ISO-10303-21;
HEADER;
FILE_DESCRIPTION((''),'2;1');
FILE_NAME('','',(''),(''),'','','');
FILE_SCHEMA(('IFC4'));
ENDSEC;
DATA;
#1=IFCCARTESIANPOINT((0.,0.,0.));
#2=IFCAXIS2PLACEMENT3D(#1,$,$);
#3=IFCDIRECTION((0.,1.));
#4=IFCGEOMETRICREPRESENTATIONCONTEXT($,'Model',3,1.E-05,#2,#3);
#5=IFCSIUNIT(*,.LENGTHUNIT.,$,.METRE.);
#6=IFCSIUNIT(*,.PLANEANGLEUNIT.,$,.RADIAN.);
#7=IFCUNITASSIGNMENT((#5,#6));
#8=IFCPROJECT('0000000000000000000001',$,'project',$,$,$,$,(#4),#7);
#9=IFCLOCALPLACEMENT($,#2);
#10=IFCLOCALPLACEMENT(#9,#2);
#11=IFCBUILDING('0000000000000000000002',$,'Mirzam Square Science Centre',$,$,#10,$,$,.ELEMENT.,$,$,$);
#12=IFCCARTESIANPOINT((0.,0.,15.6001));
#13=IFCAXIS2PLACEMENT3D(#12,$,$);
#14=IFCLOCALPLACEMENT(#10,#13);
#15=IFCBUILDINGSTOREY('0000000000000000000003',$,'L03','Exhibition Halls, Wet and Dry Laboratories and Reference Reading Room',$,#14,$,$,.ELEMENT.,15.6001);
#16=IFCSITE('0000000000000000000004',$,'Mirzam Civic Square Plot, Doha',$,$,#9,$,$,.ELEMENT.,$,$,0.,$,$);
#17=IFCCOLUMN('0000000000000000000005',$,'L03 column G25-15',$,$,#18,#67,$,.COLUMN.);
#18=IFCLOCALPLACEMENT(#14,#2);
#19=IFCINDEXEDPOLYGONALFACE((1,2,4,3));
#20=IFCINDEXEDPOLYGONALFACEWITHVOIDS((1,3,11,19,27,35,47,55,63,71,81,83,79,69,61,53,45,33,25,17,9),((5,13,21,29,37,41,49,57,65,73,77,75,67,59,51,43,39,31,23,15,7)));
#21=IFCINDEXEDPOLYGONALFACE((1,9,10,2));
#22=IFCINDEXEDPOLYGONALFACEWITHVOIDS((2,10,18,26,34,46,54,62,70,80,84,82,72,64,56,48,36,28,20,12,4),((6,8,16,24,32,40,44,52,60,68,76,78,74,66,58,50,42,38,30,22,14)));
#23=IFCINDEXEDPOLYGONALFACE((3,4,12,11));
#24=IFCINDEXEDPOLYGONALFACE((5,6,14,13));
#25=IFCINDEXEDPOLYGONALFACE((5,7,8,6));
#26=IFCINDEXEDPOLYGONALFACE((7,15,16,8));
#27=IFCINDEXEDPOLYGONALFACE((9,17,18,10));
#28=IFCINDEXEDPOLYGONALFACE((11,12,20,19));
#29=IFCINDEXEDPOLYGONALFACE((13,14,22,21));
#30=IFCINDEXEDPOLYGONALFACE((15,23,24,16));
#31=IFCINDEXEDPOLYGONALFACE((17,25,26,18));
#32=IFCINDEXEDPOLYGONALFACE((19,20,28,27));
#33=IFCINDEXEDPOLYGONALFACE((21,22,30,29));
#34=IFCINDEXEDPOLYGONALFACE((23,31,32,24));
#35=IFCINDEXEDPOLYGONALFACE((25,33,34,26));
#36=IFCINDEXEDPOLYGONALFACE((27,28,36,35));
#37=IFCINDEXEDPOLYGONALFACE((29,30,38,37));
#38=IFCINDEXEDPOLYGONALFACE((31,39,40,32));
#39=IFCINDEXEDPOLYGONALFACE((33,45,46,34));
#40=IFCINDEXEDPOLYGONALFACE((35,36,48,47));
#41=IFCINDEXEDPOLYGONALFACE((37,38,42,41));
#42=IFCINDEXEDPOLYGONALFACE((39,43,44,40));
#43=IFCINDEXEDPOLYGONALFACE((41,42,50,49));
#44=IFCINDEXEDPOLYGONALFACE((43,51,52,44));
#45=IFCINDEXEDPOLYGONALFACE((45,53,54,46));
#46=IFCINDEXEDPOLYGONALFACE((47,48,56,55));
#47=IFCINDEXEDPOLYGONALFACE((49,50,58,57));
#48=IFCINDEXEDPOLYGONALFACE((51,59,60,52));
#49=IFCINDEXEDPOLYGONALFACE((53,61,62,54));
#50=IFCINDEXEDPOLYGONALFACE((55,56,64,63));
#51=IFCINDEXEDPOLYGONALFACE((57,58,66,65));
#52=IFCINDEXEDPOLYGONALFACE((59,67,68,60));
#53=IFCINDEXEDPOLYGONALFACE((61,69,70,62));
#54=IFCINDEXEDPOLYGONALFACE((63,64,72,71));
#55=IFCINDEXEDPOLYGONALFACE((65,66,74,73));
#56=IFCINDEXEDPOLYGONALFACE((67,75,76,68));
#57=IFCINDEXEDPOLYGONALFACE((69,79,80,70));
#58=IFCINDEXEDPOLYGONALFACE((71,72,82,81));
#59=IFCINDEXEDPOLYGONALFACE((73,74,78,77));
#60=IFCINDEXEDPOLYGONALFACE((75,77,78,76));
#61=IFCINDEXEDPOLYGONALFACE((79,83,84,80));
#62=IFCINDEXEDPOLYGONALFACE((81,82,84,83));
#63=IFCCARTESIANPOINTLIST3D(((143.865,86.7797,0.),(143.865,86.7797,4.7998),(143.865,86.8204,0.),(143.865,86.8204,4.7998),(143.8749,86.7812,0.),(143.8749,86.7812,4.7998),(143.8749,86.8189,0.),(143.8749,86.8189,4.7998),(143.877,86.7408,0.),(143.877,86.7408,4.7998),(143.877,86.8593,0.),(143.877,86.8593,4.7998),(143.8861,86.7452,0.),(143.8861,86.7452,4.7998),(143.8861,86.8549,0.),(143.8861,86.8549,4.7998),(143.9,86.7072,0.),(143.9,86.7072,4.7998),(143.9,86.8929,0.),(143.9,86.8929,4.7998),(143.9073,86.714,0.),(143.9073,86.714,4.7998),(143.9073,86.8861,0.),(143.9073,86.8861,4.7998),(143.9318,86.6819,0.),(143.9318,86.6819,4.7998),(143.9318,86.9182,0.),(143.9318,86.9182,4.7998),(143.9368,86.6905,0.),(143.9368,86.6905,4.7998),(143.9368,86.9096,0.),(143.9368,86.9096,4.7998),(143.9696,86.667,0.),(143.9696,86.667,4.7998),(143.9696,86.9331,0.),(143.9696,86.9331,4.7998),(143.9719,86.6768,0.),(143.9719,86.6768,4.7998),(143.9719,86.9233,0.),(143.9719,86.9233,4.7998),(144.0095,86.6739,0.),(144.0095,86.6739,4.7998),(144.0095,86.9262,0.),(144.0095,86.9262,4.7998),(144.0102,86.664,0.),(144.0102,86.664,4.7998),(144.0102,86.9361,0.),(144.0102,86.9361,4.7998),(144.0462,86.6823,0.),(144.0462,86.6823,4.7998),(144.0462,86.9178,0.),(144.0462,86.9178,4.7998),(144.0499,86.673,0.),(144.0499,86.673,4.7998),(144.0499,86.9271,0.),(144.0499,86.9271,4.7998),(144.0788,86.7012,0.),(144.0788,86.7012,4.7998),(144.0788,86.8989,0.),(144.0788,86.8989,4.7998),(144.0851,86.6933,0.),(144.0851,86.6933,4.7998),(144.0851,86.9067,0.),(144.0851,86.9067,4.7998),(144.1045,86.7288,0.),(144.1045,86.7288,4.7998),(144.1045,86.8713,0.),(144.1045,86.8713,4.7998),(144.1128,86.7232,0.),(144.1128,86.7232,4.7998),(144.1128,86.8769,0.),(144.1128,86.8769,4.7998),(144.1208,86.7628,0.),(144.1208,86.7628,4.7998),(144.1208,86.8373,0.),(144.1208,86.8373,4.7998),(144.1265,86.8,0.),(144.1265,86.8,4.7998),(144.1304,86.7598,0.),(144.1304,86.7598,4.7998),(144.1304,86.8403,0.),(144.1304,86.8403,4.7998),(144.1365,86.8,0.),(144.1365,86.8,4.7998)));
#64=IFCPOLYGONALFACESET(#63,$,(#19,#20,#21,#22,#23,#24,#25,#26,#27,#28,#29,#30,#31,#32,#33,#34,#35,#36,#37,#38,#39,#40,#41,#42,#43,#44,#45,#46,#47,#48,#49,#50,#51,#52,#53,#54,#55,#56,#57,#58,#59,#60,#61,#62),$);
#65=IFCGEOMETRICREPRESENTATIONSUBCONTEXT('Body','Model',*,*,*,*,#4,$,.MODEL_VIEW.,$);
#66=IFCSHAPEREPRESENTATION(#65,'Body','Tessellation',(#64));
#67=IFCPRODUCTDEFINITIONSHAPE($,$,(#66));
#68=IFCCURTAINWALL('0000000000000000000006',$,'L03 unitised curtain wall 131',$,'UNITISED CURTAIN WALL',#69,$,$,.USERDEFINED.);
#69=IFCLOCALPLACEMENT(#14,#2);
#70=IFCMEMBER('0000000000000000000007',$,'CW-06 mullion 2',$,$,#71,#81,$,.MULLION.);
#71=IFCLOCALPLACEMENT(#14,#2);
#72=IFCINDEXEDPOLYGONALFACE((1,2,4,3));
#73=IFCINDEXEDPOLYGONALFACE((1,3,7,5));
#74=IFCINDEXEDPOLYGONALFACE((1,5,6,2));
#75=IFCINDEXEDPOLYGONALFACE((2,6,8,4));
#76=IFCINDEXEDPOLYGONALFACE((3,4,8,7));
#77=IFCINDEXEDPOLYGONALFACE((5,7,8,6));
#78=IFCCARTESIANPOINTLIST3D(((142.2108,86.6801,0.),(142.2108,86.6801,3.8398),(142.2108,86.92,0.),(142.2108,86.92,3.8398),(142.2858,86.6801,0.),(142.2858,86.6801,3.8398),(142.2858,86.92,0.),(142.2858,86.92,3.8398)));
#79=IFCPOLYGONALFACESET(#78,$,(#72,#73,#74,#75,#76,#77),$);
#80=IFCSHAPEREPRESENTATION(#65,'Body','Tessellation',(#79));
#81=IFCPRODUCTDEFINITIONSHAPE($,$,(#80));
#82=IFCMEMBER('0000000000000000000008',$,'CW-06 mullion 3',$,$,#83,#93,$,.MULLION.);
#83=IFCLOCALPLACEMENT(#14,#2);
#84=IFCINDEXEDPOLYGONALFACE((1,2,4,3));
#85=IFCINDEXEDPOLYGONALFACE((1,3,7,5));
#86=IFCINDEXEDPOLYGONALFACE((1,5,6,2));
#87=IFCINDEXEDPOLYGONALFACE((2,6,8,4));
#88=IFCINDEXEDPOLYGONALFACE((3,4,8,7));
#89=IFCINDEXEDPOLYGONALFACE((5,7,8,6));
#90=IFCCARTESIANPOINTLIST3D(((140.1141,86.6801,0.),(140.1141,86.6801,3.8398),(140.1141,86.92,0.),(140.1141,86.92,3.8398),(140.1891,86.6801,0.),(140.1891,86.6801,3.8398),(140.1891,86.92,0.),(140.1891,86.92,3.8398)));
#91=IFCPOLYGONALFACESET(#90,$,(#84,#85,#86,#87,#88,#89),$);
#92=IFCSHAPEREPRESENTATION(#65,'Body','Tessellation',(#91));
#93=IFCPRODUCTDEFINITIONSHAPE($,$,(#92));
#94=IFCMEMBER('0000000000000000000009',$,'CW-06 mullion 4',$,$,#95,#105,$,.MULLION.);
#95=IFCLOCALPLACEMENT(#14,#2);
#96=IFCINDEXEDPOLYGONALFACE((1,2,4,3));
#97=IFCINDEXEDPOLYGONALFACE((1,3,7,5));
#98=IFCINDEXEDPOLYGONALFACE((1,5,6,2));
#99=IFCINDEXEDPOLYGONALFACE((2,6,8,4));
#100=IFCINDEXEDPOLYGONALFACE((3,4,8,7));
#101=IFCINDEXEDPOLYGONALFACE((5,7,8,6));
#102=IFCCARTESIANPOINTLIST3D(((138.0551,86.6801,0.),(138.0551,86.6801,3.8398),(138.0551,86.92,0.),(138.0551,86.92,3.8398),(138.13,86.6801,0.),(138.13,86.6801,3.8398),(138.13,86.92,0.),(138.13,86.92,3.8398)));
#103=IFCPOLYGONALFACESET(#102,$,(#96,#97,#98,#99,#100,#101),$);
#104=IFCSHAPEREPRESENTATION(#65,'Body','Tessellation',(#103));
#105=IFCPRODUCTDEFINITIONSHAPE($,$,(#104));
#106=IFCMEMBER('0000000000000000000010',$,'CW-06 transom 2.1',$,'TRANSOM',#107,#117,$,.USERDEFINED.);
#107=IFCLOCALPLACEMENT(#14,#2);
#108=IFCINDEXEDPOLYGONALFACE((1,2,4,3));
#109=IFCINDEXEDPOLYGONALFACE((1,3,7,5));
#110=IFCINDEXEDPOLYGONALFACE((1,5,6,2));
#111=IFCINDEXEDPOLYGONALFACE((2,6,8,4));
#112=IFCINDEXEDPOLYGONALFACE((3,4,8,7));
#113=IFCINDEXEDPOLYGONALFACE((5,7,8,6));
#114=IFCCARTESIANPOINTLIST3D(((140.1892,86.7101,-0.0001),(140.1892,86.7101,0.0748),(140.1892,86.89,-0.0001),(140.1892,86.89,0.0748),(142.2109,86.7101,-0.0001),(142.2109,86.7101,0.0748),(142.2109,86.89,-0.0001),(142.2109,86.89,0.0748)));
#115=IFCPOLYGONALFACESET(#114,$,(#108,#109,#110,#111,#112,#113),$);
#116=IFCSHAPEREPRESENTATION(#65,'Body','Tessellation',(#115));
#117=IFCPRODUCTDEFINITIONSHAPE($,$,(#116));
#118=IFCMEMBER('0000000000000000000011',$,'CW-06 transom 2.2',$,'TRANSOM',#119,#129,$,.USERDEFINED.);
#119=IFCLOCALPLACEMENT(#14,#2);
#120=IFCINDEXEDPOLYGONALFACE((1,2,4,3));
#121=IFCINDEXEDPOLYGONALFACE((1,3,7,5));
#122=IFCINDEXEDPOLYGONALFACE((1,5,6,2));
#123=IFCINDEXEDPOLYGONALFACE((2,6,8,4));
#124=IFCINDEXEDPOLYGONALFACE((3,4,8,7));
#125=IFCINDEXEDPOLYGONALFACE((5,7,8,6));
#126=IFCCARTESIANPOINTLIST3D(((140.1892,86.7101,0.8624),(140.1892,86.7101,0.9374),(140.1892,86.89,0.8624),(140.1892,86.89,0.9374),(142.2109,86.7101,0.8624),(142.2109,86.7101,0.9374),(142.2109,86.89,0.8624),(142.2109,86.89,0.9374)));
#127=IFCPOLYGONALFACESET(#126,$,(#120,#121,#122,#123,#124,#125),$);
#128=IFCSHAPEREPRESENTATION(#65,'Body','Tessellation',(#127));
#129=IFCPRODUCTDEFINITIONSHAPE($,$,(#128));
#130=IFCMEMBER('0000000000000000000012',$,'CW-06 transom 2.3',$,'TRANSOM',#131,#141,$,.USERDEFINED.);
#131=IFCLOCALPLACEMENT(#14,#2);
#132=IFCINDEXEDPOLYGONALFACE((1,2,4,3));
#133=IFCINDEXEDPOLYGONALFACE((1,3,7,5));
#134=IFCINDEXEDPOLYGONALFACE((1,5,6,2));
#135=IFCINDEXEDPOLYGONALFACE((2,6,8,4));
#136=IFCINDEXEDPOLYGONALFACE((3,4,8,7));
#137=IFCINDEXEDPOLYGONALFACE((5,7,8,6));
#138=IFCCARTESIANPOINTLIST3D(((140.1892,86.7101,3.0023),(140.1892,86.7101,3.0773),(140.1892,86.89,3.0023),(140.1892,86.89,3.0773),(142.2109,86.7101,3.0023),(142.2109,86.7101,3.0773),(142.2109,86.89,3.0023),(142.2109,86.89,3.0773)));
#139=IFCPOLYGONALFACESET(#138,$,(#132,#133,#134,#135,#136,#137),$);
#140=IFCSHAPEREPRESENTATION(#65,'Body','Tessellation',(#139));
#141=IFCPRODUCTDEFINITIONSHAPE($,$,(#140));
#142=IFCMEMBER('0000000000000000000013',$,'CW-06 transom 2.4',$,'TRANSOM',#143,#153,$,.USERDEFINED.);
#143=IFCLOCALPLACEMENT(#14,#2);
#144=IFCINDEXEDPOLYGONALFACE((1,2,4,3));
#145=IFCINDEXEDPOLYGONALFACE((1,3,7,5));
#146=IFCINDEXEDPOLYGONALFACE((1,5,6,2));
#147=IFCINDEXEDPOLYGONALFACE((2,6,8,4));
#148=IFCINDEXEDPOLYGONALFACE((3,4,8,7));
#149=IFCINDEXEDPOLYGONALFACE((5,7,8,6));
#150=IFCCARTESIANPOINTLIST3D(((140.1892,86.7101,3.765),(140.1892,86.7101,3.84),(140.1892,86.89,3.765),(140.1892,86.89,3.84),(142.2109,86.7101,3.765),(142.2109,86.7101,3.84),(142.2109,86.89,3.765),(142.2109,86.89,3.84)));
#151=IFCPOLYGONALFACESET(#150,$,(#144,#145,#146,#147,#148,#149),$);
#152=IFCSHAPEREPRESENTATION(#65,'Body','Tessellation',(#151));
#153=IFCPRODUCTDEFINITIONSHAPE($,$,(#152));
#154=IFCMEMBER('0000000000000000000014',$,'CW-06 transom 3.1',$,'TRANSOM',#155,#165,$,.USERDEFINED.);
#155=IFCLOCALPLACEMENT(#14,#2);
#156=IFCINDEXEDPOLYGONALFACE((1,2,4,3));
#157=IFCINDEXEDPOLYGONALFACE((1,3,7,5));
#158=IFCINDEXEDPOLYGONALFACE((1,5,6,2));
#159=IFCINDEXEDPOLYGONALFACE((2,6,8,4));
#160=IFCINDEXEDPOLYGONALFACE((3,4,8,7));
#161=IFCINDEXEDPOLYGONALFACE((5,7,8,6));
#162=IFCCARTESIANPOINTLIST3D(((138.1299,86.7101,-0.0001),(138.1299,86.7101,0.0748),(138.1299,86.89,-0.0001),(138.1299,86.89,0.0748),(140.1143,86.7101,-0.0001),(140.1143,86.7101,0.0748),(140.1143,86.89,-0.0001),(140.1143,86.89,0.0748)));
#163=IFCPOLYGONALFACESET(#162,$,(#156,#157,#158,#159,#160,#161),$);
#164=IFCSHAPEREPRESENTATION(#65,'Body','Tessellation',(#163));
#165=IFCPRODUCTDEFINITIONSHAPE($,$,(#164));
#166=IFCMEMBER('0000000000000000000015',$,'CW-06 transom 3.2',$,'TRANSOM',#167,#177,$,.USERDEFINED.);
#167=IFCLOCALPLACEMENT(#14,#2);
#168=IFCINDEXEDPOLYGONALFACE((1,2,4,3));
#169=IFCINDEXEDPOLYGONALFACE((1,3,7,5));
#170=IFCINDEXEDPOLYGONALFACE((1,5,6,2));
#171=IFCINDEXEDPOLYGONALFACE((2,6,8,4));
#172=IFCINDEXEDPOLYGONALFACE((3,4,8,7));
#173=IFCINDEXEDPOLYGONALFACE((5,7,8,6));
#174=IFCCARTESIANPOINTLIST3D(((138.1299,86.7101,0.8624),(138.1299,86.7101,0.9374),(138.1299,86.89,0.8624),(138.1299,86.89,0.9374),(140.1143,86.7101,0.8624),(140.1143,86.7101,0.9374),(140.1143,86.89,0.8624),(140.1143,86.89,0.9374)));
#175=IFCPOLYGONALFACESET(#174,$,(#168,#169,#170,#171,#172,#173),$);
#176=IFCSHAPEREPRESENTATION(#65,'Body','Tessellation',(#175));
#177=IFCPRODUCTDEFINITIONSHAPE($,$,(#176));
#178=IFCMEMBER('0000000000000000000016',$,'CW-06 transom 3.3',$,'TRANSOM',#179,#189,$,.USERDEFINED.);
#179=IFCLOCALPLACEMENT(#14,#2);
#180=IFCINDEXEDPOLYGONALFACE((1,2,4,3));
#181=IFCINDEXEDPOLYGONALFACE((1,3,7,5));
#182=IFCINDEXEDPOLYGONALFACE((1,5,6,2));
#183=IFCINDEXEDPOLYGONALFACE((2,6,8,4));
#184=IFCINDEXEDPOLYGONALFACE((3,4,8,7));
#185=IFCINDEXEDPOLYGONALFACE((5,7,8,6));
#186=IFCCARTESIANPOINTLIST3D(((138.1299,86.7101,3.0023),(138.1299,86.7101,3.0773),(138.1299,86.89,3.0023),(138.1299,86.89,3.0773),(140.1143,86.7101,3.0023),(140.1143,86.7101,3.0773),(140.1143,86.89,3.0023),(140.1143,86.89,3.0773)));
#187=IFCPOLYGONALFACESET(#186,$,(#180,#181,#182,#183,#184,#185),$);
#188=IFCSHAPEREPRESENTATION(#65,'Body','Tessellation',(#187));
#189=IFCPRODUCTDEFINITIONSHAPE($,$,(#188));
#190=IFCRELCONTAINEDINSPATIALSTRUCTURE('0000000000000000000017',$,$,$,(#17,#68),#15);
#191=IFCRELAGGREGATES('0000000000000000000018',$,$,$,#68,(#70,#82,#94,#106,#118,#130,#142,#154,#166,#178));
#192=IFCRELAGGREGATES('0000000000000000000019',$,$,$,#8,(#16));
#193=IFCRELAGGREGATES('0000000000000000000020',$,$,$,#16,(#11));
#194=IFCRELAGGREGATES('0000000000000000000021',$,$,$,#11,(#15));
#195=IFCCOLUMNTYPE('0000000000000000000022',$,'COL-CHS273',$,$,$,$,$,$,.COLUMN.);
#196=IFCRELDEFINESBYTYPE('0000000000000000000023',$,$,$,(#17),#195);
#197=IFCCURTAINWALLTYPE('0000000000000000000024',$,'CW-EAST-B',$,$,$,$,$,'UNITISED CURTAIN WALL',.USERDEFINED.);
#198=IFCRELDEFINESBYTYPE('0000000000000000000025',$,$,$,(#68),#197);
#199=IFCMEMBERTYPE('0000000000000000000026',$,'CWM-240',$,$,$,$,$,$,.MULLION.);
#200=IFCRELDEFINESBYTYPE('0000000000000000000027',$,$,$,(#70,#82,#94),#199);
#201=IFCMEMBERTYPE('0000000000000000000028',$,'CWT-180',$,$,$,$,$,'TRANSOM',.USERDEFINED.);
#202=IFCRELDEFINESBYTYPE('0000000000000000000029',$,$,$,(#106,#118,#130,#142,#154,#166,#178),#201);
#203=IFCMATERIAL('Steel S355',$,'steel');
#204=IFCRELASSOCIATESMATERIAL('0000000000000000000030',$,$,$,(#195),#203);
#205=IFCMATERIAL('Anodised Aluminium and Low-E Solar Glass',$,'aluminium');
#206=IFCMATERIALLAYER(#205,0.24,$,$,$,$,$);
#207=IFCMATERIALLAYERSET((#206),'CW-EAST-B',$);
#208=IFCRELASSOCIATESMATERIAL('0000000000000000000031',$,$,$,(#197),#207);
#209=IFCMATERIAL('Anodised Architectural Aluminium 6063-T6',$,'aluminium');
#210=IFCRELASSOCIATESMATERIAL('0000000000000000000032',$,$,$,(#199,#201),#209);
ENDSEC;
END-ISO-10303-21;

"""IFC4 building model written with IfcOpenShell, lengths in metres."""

from ifc_helpers import new_model, si_unit, direction, frame, origin, origin_2d, place, context, subcontext, project, spatial, rectangle, hollow_circle, extrude, material, layer, layer_set, material_profile, profile_set, type_object, element, aggregate, save


model = new_model("IFC4")

# Units and contexts
model_context = context("Model", 3, precision=1e-05, world=origin(), true_north=direction((0.0, 1.0)))
body_context = subcontext(model_context, "Body", "Model", "MODEL_VIEW")
ifc_project = project(units=[si_unit("LENGTHUNIT", "METRE"), si_unit("PLANEANGLEUNIT", "RADIAN")], contexts=[model_context])

# Site, building, storey
site_placement = place(None, origin())
site = spatial("IfcSite", under=ifc_project, at=site_placement, Name="Mirzam Civic Square Plot, Doha", CompositionType="ELEMENT", RefElevation=0.0)
building_placement = place(site_placement, origin())
building = spatial("IfcBuilding", under=site, at=building_placement, Name="Mirzam Square Science Centre", CompositionType="ELEMENT")
storey_placement = place(building_placement, frame((0.0, 0.0, 15.6001)))
storey = spatial("IfcBuildingStorey", under=building, at=storey_placement, Name="L03", Description="Exhibition Halls, Wet and Dry Laboratories and Reference Reading Room", CompositionType="ELEMENT", Elevation=15.6001)

# Column
ifc_material_1 = material(Name="Steel S355", Category="steel")
ifc_material_profile_1 = material_profile(ifc_material_1, hollow_circle(Radius=0.1365, WallThickness=0.01, at=origin_2d()), Name="273.0x10.0CHS")
ifc_profile_set_1 = profile_set([ifc_material_profile_1], Name="Steel S355")
column_type = type_object("IfcColumnType", Name="COL-CHS273", PredefinedType="COLUMN", material=ifc_profile_set_1)
column_placement = place(storey_placement, frame((144.0, 86.8, 0.0), z_axis=(0.0, 0.0, 1.0), x_axis=(1.0, 0.0, 0.0)))
element("IfcColumn", 1, at=column_placement, inside=storey, type_object=column_type, Name="L03 column G25-15", PredefinedType="COLUMN", context=body_context, shape_type="SweptSolid", body=[
    extrude(hollow_circle(Radius=0.1365, WallThickness=0.01, at=origin_2d()), origin(), (0.0, 0.0, 1.0), 4.7998),
])

# Curtain wall, members
ifc_material_2 = material(Name="Anodised Aluminium and Low-E Solar Glass", Category="aluminium")
ifc_layer_1 = layer(ifc_material_2, 0.24)
ifc_layer_set_1 = layer_set([ifc_layer_1], Name="CW-EAST-B")
curtain_wall_type_1 = type_object("IfcCurtainWallType", Name="CW-EAST-B", ElementType="UNITISED CURTAIN WALL", PredefinedType="USERDEFINED", material=ifc_layer_set_1)
curtain_wall_1_placement = place(storey_placement, origin())
curtain_wall_1 = element("IfcCurtainWall", 2, at=curtain_wall_1_placement, inside=storey, type_object=curtain_wall_type_1, Name="L03 unitised curtain wall 131", ObjectType="UNITISED CURTAIN WALL", PredefinedType="USERDEFINED")
ifc_material_3 = material(Name="Anodised Architectural Aluminium 6063-T6", Category="aluminium")
ifc_material_profile_2 = material_profile(ifc_material_3, rectangle(XDim=0.075, YDim=0.24, at=origin_2d()), Name="ALU-MULL-240x75x5")
ifc_profile_set_2 = profile_set([ifc_material_profile_2], Name="Anodised Architectural Aluminium 6063-T6")
member_type_1 = type_object("IfcMemberType", Name="CWM-240", PredefinedType="MULLION", material=ifc_profile_set_2)
member_1_placement = place(storey_placement, frame((142.2483, 86.8, 0.0), z_axis=(0.0, 0.0, 1.0), x_axis=(-1.0, 0.0, 0.0)))
member_1 = element("IfcMember", 3, at=member_1_placement, type_object=member_type_1, Name="CW-06 mullion 2", PredefinedType="MULLION", context=body_context, shape_type="SweptSolid", body=[
    extrude(rectangle(XDim=0.075, YDim=0.24, at=origin_2d()), origin(), (0.0, 0.0, 1.0), 3.8398),
])
member_2_placement = place(storey_placement, frame((140.1516, 86.8, 0.0), z_axis=(0.0, 0.0, 1.0), x_axis=(-1.0, 0.0, 0.0)))
member_2 = element("IfcMember", 4, at=member_2_placement, type_object=member_type_1, Name="CW-06 mullion 3", PredefinedType="MULLION", context=body_context, shape_type="SweptSolid", body=[
    extrude(rectangle(XDim=0.075, YDim=0.24, at=origin_2d()), origin(), (0.0, 0.0, 1.0), 3.8398),
])
member_3_placement = place(storey_placement, frame((138.0925, 86.8, 0.0), z_axis=(0.0, 0.0, 1.0), x_axis=(-1.0, 0.0, 0.0)))
member_3 = element("IfcMember", 5, at=member_3_placement, type_object=member_type_1, Name="CW-06 mullion 4", PredefinedType="MULLION", context=body_context, shape_type="SweptSolid", body=[
    extrude(rectangle(XDim=0.075, YDim=0.24, at=origin_2d()), origin(), (0.0, 0.0, 1.0), 3.8398),
])
ifc_material_profile_3 = material_profile(ifc_material_3, rectangle(XDim=0.1799, YDim=0.075, at=origin_2d()), Name="ALU-TRAN-180x75x5")
ifc_profile_set_3 = profile_set([ifc_material_profile_3], Name="Anodised Architectural Aluminium 6063-T6")
member_type_2 = type_object("IfcMemberType", Name="CWT-180", ElementType="TRANSOM", PredefinedType="USERDEFINED", material=ifc_profile_set_3)
member_4_placement = place(storey_placement, frame((142.2109, 86.8, 0.0374), z_axis=(-1.0, 0.0, 0.0), x_axis=(0.0, -1.0, 0.0)))
member_4 = element("IfcMember", 6, at=member_4_placement, type_object=member_type_2, Name="CW-06 transom 2.1", ObjectType="TRANSOM", PredefinedType="USERDEFINED", context=body_context, shape_type="SweptSolid", body=[
    extrude(rectangle(XDim=0.1799, YDim=0.075, at=origin_2d()), origin(), (0.0, 0.0, 1.0), 2.0217),
])
member_5_placement = place(storey_placement, frame((142.2109, 86.8, 0.8999), z_axis=(-1.0, 0.0, 0.0), x_axis=(0.0, -1.0, 0.0)))
member_5 = element("IfcMember", 7, at=member_5_placement, type_object=member_type_2, Name="CW-06 transom 2.2", ObjectType="TRANSOM", PredefinedType="USERDEFINED", context=body_context, shape_type="SweptSolid", body=[
    extrude(rectangle(XDim=0.1799, YDim=0.075, at=origin_2d()), origin(), (0.0, 0.0, 1.0), 2.0217),
])
member_6_placement = place(storey_placement, frame((142.2109, 86.8, 3.0398), z_axis=(-1.0, 0.0, 0.0), x_axis=(0.0, -1.0, 0.0)))
member_6 = element("IfcMember", 8, at=member_6_placement, type_object=member_type_2, Name="CW-06 transom 2.3", ObjectType="TRANSOM", PredefinedType="USERDEFINED", context=body_context, shape_type="SweptSolid", body=[
    extrude(rectangle(XDim=0.1799, YDim=0.075, at=origin_2d()), origin(), (0.0, 0.0, 1.0), 2.0217),
])
member_7_placement = place(storey_placement, frame((142.2109, 86.8, 3.8025), z_axis=(-1.0, 0.0, 0.0), x_axis=(0.0, -1.0, 0.0)))
member_7 = element("IfcMember", 9, at=member_7_placement, type_object=member_type_2, Name="CW-06 transom 2.4", ObjectType="TRANSOM", PredefinedType="USERDEFINED", context=body_context, shape_type="SweptSolid", body=[
    extrude(rectangle(XDim=0.1799, YDim=0.075, at=origin_2d()), origin(), (0.0, 0.0, 1.0), 2.0217),
])
member_8_placement = place(storey_placement, frame((140.1143, 86.8, 0.0374), z_axis=(-1.0, 0.0, 0.0), x_axis=(0.0, -1.0, 0.0)))
member_8 = element("IfcMember", 10, at=member_8_placement, type_object=member_type_2, Name="CW-06 transom 3.1", ObjectType="TRANSOM", PredefinedType="USERDEFINED", context=body_context, shape_type="SweptSolid", body=[
    extrude(rectangle(XDim=0.1799, YDim=0.075, at=origin_2d()), origin(), (0.0, 0.0, 1.0), 1.9844),
])
member_9_placement = place(storey_placement, frame((140.1143, 86.8, 0.8999), z_axis=(-1.0, 0.0, 0.0), x_axis=(0.0, -1.0, 0.0)))
member_9 = element("IfcMember", 11, at=member_9_placement, type_object=member_type_2, Name="CW-06 transom 3.2", ObjectType="TRANSOM", PredefinedType="USERDEFINED", context=body_context, shape_type="SweptSolid", body=[
    extrude(rectangle(XDim=0.1799, YDim=0.075, at=origin_2d()), origin(), (0.0, 0.0, 1.0), 1.9844),
])
member_10_placement = place(storey_placement, frame((140.1143, 86.8, 3.0398), z_axis=(-1.0, 0.0, 0.0), x_axis=(0.0, -1.0, 0.0)))
member_10 = element("IfcMember", 12, at=member_10_placement, type_object=member_type_2, Name="CW-06 transom 3.3", ObjectType="TRANSOM", PredefinedType="USERDEFINED", context=body_context, shape_type="SweptSolid", body=[
    extrude(rectangle(XDim=0.1799, YDim=0.075, at=origin_2d()), origin(), (0.0, 0.0, 1.0), 1.9844),
])

aggregate(curtain_wall_1, [member_1, member_2, member_3, member_4, member_5, member_6, member_7, member_8, member_9, member_10])

save(model, "model.ifc")
